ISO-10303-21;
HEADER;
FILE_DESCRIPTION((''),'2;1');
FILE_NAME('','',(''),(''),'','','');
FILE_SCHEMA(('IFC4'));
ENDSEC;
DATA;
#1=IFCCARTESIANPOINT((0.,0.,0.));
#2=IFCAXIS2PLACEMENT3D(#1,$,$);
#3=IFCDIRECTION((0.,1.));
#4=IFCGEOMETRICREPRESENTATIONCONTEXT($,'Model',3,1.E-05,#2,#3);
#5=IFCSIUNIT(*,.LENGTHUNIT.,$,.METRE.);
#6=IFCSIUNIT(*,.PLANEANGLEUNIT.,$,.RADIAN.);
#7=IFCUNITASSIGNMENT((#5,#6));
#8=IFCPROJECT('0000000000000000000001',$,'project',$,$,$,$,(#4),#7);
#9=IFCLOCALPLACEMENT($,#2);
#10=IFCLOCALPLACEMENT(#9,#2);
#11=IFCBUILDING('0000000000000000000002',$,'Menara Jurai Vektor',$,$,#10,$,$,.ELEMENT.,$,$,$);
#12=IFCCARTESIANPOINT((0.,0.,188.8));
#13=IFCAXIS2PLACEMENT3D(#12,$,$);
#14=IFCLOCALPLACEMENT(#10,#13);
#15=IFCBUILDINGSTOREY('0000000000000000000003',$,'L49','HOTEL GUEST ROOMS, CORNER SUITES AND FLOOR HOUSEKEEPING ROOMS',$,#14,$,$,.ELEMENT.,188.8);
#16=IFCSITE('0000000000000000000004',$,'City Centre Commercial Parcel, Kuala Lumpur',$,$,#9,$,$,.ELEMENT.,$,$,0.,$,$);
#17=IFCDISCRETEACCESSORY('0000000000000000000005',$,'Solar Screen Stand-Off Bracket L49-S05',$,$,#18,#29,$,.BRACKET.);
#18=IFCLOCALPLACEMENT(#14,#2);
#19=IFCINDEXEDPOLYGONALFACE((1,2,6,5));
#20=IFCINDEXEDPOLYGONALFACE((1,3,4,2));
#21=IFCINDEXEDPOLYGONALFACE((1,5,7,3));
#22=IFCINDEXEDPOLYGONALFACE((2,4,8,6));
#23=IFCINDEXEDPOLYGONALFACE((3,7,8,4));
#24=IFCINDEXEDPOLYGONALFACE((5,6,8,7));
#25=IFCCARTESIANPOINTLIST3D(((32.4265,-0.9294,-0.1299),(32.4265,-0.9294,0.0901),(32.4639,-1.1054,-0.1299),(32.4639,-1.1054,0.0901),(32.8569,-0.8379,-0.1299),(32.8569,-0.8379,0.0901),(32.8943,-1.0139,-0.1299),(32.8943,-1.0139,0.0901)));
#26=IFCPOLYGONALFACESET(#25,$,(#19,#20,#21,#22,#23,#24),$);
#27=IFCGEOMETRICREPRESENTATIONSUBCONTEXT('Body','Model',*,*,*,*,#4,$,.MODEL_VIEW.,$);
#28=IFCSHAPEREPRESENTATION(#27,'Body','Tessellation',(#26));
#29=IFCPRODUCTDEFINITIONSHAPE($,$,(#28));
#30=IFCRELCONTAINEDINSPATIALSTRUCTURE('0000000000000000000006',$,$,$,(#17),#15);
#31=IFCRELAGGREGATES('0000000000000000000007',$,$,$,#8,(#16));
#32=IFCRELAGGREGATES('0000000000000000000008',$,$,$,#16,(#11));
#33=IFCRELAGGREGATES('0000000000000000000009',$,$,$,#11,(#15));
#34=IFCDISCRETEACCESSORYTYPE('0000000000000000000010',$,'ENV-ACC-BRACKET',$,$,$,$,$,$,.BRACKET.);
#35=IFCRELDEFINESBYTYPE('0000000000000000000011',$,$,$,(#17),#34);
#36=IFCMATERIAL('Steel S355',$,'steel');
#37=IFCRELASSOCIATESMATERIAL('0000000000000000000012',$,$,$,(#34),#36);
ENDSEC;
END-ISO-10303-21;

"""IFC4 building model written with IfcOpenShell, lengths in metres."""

from ifc_helpers import new_model, si_unit, direction, frame, origin, origin_2d, place, context, subcontext, project, spatial, rectangle, extrude, material, type_object, element, save


model = new_model("IFC4")

# Units and contexts
model_context = context("Model", 3, precision=1e-05, world=origin(), true_north=direction((0.0, 1.0)))
body_context = subcontext(model_context, "Body", "Model", "MODEL_VIEW")
ifc_project = project(units=[si_unit("LENGTHUNIT", "METRE"), si_unit("PLANEANGLEUNIT", "RADIAN")], contexts=[model_context])

# Site, building, storey
site_placement = place(None, origin())
site = spatial("IfcSite", under=ifc_project, at=site_placement, Name="City Centre Commercial Parcel, Kuala Lumpur", CompositionType="ELEMENT", RefElevation=0.0)
building_placement = place(site_placement, origin())
building = spatial("IfcBuilding", under=site, at=building_placement, Name="Menara Jurai Vektor", CompositionType="ELEMENT")
storey_placement = place(building_placement, frame((0.0, 0.0, 188.8)))
storey = spatial("IfcBuildingStorey", under=building, at=storey_placement, Name="L49", Description="HOTEL GUEST ROOMS, CORNER SUITES AND FLOOR HOUSEKEEPING ROOMS", CompositionType="ELEMENT", Elevation=188.8)

# Shared definitions
ifc_material_1 = material(Name="Steel S355", Category="steel")

# Discrete accessory
discrete_accessory_type = type_object("IfcDiscreteAccessoryType", Name="ENV-ACC-BRACKET", PredefinedType="BRACKET", material=ifc_material_1)
for number, where, z_axis, x_axis, name in (
    (1, (32.6604, -0.9717, -0.1299), (0.0, 0.0, 1.0), (-0.207912, 0.978148, 0.0), "Solar Screen Stand-Off Bracket L49-S05"),
):
    element("IfcDiscreteAccessory", number, at=place(storey_placement, frame(where, z_axis=z_axis, x_axis=x_axis)), inside=storey, type_object=discrete_accessory_type, Name=name, PredefinedType="BRACKET", context=body_context, shape_type="SweptSolid", body=[
        extrude(rectangle(XDim=0.1799, YDim=0.4399, at=origin_2d()), origin(), (0.0, 0.0, 1.0), 0.22),
    ])

save(model, "model.ifc")
